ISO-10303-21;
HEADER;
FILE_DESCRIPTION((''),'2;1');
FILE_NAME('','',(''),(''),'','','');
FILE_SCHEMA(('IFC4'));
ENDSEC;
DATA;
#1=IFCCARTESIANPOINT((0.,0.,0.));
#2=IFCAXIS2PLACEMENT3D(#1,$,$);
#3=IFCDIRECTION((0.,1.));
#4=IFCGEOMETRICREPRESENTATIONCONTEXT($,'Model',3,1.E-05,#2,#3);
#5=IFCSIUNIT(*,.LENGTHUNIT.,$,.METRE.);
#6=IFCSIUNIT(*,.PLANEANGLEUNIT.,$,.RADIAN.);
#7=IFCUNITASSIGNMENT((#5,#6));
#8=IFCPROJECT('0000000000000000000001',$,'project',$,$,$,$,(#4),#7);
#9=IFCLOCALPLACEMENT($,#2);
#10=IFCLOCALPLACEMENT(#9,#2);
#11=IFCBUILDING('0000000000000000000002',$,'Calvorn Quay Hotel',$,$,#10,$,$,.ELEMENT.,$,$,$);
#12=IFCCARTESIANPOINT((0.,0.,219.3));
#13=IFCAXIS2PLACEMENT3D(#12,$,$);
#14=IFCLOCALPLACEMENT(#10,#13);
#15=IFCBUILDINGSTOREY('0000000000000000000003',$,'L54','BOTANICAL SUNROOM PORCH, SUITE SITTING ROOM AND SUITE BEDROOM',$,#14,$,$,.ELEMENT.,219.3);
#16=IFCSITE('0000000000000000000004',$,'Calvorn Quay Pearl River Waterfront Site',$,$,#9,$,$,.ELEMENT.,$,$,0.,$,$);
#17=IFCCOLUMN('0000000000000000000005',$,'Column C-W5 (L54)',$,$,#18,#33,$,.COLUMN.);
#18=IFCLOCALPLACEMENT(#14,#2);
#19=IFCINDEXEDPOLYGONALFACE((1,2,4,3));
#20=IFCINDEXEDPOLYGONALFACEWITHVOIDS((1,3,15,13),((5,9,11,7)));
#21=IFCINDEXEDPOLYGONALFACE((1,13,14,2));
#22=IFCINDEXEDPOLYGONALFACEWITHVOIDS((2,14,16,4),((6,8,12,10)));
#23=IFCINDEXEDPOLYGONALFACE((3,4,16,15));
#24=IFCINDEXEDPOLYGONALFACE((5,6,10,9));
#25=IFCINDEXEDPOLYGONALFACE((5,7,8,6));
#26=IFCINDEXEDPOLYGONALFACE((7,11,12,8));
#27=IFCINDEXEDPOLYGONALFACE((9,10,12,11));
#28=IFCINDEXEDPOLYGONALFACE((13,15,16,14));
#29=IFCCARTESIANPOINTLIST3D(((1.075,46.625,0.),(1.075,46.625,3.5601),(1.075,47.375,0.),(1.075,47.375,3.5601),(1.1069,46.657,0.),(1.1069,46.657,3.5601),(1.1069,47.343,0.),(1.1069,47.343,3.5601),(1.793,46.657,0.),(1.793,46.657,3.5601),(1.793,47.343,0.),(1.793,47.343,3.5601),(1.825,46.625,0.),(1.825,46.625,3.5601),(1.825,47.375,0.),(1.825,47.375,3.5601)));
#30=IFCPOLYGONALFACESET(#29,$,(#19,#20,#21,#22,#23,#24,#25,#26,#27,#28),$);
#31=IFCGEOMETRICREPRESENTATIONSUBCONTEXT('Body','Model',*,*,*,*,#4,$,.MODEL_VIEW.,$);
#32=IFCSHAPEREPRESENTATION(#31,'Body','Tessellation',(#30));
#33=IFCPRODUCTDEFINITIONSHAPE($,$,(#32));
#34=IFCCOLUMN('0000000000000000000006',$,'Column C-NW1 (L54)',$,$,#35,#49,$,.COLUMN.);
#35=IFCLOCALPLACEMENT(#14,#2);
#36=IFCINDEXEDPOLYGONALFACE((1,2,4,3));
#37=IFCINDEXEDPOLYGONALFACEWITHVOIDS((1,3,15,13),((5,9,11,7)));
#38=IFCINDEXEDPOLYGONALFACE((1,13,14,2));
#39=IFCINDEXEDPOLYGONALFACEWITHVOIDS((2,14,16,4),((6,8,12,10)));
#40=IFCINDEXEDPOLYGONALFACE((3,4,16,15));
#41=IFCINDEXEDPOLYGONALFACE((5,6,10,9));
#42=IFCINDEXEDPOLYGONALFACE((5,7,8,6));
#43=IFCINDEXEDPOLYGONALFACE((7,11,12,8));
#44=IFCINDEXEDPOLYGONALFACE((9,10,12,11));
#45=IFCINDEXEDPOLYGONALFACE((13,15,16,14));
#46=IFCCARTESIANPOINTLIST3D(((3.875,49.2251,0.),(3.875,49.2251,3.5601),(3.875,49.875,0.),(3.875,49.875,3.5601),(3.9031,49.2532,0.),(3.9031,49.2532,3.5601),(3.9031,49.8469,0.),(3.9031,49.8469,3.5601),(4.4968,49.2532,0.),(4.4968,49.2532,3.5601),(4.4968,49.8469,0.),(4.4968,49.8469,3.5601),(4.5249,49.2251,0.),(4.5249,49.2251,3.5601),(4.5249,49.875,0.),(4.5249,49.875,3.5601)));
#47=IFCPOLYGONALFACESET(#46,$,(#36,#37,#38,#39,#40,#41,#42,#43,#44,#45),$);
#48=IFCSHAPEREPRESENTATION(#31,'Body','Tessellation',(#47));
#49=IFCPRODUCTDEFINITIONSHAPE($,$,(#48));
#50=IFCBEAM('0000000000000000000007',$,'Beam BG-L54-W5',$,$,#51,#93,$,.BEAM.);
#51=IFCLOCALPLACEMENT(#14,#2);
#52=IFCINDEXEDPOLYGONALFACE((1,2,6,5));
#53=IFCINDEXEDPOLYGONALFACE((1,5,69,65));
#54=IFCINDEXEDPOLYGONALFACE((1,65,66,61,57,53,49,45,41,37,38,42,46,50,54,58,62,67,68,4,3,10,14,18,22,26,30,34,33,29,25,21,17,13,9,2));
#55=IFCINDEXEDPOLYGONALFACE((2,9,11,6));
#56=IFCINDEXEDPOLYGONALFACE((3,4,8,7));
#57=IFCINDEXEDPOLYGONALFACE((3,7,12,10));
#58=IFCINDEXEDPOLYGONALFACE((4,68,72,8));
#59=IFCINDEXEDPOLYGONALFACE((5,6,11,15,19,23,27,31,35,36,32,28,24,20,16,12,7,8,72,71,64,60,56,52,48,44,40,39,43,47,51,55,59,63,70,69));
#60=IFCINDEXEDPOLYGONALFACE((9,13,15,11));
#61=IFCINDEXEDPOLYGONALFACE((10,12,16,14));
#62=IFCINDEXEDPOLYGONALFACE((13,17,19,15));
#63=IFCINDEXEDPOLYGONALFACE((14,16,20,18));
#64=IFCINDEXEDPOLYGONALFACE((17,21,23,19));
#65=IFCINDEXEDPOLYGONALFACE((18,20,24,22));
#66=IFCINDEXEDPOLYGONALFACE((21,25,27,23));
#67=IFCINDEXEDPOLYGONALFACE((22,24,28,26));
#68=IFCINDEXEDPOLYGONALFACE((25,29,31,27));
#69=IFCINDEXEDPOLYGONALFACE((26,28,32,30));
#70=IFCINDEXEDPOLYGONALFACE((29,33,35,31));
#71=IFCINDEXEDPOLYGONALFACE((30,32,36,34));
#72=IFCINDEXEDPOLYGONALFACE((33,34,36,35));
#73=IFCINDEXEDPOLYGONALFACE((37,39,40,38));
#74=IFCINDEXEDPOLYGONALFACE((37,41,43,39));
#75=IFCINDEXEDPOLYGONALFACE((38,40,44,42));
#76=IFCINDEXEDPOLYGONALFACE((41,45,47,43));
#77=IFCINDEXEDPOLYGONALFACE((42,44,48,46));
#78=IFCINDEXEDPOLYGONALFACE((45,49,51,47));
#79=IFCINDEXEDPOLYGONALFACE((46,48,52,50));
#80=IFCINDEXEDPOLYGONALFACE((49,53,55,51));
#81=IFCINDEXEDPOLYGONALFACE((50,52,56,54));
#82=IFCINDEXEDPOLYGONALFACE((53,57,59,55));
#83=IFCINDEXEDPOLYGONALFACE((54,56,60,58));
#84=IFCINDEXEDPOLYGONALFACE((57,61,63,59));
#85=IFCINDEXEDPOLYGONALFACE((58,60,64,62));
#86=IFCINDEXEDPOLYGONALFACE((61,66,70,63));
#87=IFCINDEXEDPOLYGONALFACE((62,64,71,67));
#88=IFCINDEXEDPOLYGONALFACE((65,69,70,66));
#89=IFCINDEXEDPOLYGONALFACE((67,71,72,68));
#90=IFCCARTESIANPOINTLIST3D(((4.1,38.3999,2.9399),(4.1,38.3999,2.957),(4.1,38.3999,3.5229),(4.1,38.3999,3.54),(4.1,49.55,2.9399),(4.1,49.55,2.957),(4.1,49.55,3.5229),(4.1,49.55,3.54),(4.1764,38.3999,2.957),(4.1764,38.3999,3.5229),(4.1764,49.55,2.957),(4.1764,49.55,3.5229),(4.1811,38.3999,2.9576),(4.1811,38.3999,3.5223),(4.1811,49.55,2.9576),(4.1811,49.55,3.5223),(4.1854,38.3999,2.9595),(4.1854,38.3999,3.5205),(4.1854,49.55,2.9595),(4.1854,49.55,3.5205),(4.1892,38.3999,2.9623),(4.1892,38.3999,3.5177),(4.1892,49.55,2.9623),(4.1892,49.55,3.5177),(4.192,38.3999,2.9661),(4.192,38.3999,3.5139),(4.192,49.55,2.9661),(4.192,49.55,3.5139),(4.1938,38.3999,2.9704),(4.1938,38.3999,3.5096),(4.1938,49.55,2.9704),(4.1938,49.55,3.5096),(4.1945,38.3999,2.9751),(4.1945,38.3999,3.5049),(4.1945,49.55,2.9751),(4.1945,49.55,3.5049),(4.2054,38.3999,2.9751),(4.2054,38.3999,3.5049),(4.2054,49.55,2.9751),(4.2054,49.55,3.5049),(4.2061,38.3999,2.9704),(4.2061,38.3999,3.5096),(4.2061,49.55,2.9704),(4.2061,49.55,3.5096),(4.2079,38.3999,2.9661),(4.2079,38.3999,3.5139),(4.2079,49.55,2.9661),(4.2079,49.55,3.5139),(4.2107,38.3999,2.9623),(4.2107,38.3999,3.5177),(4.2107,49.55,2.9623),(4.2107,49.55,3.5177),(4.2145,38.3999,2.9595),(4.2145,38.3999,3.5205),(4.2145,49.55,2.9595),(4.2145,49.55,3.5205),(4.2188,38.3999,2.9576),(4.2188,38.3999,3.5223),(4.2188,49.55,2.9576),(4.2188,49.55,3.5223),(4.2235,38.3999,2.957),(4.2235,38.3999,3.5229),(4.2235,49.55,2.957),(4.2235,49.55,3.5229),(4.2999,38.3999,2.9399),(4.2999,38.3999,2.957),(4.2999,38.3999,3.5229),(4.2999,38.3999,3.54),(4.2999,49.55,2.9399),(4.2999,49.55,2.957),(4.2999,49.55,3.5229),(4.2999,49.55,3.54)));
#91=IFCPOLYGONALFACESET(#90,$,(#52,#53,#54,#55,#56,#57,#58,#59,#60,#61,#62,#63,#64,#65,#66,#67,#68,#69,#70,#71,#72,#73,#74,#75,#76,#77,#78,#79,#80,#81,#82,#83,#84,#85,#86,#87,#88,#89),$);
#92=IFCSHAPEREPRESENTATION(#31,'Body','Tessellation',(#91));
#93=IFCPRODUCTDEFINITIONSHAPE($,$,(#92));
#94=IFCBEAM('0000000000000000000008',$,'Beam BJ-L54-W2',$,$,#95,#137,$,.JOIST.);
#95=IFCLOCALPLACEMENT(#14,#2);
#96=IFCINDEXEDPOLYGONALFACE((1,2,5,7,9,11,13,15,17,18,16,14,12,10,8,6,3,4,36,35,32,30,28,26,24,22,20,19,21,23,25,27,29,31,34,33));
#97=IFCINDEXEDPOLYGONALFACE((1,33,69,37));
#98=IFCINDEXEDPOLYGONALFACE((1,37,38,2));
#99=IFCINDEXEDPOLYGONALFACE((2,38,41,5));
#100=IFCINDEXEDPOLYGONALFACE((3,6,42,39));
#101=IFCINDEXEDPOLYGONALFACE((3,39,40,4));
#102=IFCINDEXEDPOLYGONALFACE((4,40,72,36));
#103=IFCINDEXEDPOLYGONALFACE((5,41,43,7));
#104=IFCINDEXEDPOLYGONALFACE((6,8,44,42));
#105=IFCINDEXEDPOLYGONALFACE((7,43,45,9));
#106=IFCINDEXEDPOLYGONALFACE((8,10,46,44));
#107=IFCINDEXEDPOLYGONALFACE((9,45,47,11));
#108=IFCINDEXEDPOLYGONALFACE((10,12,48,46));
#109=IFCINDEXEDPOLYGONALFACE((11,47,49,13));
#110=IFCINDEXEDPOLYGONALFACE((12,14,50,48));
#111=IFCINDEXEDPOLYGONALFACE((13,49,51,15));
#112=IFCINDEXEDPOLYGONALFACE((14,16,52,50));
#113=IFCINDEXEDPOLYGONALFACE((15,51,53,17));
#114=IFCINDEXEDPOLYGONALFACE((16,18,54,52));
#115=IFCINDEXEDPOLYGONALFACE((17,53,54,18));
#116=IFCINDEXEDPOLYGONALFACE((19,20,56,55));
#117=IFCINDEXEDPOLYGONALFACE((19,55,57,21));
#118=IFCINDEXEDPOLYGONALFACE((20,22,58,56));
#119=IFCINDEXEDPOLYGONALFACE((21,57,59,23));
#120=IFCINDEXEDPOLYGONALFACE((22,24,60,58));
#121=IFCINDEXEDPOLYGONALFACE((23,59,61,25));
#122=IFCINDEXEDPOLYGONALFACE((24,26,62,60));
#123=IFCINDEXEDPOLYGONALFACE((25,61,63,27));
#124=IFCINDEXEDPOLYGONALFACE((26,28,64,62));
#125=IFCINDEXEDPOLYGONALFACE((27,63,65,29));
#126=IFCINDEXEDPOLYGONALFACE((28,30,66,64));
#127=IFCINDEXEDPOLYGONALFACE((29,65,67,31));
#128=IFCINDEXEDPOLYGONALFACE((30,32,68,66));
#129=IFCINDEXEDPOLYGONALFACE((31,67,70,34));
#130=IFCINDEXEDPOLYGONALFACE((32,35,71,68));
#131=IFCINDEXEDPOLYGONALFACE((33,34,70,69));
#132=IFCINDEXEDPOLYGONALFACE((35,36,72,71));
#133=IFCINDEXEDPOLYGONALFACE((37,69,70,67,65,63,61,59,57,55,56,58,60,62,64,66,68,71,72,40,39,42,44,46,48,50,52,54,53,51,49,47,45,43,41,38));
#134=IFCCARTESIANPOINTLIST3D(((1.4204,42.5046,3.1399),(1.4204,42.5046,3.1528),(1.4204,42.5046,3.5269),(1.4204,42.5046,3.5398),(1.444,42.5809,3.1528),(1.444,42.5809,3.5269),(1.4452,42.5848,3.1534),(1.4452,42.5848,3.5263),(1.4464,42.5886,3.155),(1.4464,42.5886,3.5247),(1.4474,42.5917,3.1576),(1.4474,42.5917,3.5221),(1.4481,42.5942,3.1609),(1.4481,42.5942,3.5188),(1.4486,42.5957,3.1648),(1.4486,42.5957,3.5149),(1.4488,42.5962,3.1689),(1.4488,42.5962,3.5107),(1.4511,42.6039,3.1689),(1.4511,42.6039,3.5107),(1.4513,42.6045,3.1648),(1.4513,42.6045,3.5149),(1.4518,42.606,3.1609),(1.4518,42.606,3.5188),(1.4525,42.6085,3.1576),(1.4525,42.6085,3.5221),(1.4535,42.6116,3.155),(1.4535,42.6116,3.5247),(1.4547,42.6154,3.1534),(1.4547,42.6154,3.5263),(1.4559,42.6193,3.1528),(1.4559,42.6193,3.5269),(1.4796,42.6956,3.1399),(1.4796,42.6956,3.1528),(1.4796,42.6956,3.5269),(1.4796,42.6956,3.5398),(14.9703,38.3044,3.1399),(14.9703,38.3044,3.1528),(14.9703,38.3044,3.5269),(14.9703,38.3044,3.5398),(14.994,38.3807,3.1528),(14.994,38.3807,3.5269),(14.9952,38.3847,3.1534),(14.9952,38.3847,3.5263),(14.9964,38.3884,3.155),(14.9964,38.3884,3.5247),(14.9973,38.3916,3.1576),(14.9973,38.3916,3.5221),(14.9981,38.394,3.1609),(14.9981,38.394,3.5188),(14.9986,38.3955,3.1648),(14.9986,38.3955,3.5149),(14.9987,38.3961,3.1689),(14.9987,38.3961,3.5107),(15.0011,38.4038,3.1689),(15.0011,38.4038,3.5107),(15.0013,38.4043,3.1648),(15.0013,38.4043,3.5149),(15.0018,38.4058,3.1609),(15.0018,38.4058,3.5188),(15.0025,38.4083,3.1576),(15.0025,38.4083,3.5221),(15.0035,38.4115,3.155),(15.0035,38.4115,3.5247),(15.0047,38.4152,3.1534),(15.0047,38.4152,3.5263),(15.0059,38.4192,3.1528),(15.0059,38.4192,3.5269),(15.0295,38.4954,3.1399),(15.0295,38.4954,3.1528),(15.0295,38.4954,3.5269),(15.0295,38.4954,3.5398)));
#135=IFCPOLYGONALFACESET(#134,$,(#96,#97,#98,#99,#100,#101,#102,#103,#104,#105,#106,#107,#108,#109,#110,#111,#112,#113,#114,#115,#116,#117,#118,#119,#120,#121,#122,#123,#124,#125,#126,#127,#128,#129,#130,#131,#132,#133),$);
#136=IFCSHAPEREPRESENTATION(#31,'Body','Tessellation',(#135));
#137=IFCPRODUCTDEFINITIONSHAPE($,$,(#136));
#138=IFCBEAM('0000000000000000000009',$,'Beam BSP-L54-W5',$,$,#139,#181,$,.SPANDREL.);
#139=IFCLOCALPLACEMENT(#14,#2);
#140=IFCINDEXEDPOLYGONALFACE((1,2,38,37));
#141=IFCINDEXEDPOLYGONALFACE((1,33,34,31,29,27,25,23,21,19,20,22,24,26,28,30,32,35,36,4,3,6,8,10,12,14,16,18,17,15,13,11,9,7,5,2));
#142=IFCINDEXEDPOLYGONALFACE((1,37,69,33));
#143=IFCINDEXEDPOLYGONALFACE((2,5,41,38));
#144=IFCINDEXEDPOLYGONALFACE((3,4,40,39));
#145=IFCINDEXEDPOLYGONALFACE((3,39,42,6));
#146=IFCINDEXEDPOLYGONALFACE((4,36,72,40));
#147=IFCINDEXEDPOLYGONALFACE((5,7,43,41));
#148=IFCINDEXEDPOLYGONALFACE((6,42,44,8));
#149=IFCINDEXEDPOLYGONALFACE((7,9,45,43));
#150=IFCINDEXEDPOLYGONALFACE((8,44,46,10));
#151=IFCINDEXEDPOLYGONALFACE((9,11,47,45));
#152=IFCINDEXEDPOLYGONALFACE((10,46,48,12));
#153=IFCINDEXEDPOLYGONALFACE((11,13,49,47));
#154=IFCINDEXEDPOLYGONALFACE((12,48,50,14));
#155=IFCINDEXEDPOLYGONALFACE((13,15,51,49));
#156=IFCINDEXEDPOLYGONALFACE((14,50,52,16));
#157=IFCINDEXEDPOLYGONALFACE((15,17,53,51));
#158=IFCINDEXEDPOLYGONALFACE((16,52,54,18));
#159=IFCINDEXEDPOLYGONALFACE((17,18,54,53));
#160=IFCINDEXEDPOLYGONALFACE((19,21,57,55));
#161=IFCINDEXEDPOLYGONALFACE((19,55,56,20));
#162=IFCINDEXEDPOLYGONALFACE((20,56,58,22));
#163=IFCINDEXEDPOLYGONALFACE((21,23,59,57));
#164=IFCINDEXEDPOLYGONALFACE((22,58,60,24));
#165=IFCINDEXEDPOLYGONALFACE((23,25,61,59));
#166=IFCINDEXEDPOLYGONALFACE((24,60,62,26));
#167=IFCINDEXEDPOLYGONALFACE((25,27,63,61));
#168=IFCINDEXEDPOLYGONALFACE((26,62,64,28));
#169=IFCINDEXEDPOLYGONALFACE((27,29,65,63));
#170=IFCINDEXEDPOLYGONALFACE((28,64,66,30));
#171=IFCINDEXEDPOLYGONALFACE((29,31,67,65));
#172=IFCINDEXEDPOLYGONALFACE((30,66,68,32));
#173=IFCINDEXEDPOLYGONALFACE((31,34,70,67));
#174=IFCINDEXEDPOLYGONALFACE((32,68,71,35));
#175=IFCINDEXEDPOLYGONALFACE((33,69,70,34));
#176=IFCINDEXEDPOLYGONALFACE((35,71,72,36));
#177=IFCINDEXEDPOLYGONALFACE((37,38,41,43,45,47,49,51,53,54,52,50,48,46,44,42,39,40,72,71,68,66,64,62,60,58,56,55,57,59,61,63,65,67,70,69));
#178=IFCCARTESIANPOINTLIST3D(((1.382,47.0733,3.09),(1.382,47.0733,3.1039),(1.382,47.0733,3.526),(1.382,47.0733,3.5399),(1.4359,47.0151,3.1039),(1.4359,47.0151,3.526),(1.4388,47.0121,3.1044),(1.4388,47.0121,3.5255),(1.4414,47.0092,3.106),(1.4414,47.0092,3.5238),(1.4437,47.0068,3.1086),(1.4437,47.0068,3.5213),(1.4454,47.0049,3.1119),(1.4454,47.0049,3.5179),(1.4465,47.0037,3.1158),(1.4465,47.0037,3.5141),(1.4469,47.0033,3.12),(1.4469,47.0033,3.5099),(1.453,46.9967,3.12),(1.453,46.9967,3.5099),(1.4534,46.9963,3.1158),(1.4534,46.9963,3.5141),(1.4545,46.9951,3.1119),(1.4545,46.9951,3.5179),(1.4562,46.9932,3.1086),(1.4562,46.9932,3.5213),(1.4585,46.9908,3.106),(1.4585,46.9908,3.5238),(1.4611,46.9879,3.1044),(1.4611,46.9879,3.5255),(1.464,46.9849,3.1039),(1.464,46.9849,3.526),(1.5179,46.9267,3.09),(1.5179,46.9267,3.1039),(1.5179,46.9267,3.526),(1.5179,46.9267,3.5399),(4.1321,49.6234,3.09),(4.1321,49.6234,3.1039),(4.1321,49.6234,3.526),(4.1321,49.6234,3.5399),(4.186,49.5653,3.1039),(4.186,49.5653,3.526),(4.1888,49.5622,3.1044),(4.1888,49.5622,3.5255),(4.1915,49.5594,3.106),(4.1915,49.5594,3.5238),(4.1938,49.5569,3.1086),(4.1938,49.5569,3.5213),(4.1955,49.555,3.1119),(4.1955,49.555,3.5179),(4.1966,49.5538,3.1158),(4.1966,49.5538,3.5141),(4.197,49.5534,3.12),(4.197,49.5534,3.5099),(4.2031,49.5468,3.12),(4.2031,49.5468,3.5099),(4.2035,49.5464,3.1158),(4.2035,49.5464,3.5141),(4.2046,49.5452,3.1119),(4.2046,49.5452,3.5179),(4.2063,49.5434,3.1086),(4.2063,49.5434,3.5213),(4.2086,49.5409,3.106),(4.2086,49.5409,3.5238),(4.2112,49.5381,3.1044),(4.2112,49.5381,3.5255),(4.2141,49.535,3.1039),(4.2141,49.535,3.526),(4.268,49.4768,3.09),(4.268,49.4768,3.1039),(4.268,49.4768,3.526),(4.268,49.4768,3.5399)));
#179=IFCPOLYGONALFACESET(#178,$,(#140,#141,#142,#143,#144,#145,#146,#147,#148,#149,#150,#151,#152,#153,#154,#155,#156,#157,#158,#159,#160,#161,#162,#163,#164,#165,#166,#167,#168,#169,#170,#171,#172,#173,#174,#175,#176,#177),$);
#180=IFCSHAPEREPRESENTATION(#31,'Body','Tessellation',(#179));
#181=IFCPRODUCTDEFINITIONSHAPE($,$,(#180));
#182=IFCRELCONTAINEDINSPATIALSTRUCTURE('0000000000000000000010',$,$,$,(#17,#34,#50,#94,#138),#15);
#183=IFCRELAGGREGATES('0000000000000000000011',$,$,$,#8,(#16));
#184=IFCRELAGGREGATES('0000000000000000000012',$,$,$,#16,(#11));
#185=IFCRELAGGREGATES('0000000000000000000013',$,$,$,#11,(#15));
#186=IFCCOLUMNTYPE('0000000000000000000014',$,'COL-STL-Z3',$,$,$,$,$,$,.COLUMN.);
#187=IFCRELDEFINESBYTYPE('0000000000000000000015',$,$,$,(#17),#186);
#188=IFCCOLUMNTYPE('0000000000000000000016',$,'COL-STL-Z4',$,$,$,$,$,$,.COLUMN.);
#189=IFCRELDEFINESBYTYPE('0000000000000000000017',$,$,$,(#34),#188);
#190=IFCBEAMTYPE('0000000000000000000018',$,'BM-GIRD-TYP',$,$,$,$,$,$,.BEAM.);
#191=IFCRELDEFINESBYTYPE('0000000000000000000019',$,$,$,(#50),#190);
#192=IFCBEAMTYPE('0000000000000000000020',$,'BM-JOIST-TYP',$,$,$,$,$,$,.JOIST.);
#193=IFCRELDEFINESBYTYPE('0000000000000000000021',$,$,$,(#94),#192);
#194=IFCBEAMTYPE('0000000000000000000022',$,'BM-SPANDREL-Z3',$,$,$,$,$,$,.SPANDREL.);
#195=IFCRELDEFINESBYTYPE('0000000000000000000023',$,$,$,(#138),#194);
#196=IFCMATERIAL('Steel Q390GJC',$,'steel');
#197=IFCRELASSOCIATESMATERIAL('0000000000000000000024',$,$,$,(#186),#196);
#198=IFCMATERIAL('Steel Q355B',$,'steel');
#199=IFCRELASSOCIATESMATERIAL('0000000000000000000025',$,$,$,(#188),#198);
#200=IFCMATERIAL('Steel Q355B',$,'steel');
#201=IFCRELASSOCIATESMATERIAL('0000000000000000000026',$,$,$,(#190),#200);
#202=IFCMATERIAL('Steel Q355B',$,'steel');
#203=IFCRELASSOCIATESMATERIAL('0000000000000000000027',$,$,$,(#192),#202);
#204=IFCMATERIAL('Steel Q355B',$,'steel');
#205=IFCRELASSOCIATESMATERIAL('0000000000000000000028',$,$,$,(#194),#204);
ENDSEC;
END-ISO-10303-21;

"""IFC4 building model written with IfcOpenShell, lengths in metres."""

from ifc_helpers import new_model, si_unit, direction, frame, origin, origin_2d, place, context, subcontext, project, spatial, hollow_rectangle, i_section, extrude, material, material_profile, profile_set, type_object, element, save


model = new_model("IFC4")

# Units and contexts
model_context = context("Model", 3, precision=1e-05, world=origin(), true_north=direction((0.0, 1.0)))
body_context = subcontext(model_context, "Body", "Model", "MODEL_VIEW")
ifc_project = project(units=[si_unit("LENGTHUNIT", "METRE"), si_unit("PLANEANGLEUNIT", "RADIAN")], contexts=[model_context])

# Site, building, storey
site_placement = place(None, origin())
site = spatial("IfcSite", under=ifc_project, at=site_placement, Name="Calvorn Quay Pearl River Waterfront Site", CompositionType="ELEMENT", RefElevation=0.0)
building_placement = place(site_placement, origin())
building = spatial("IfcBuilding", under=site, at=building_placement, Name="Calvorn Quay Hotel", CompositionType="ELEMENT")
storey_placement = place(building_placement, frame((0.0, 0.0, 219.3)))
storey = spatial("IfcBuildingStorey", under=building, at=storey_placement, Name="L54", Description="BOTANICAL SUNROOM PORCH, SUITE SITTING ROOM AND SUITE BEDROOM", CompositionType="ELEMENT", Elevation=219.3)

# Columns
ifc_material_1 = material(Name="Steel Q390GJC", Category="steel")
ifc_material_profile_1 = material_profile(ifc_material_1, hollow_rectangle(XDim=0.75, YDim=0.75, WallThickness=0.032, at=origin_2d()), Name="BOX750x750x32")
ifc_profile_set_1 = profile_set([ifc_material_profile_1], Name="Steel Q390GJC")
column_type_1 = type_object("IfcColumnType", Name="COL-STL-Z3", PredefinedType="COLUMN", material=ifc_profile_set_1)
column_1_placement = place(storey_placement, frame((1.45, 47.0, 0.0), z_axis=(0.0, 0.0, 1.0), x_axis=(1.0, 0.0, 0.0)))
element("IfcColumn", 1, at=column_1_placement, inside=storey, type_object=column_type_1, Name="Column C-W5 (L54)", PredefinedType="COLUMN", context=body_context, shape_type="SweptSolid", body=[
    extrude(hollow_rectangle(XDim=0.75, YDim=0.75, WallThickness=0.032, at=origin_2d()), origin(), (0.0, 0.0, 1.0), 3.5601),
])
ifc_material_2 = material(Name="Steel Q355B", Category="steel")
ifc_material_profile_2 = material_profile(ifc_material_2, hollow_rectangle(XDim=0.6499, YDim=0.6499, WallThickness=0.0281, at=origin_2d()), Name="BOX650x650x28")
ifc_profile_set_2 = profile_set([ifc_material_profile_2], Name="Steel Q355B")
column_type_2 = type_object("IfcColumnType", Name="COL-STL-Z4", PredefinedType="COLUMN", material=ifc_profile_set_2)
column_2_placement = place(storey_placement, frame((4.2, 49.55, 0.0), z_axis=(0.0, 0.0, 1.0), x_axis=(1.0, 0.0, 0.0)))
element("IfcColumn", 2, at=column_2_placement, inside=storey, type_object=column_type_2, Name="Column C-NW1 (L54)", PredefinedType="COLUMN", context=body_context, shape_type="SweptSolid", body=[
    extrude(hollow_rectangle(XDim=0.6499, YDim=0.6499, WallThickness=0.0281, at=origin_2d()), origin(), (0.0, 0.0, 1.0), 3.5601),
])

# Beams
ifc_material_3 = material(Name="Steel Q355B", Category="steel")
ifc_material_profile_3 = material_profile(ifc_material_3, i_section(OverallWidth=0.2, OverallDepth=0.6001, WebThickness=0.011, FlangeThickness=0.0171, FilletRadius=0.0181, at=origin_2d()), Name="HN600x200x11x17")
ifc_profile_set_3 = profile_set([ifc_material_profile_3], Name="Steel Q355B")
beam_type_1 = type_object("IfcBeamType", Name="BM-GIRD-TYP", PredefinedType="BEAM", material=ifc_profile_set_3)
beam_1_placement = place(storey_placement, frame((4.2, 49.55, 3.24), z_axis=(0.0, -1.0, 0.0), x_axis=(1.0, 0.0, 0.0)))
element("IfcBeam", 3, at=beam_1_placement, inside=storey, type_object=beam_type_1, Name="Beam BG-L54-W5", PredefinedType="BEAM", context=body_context, shape_type="SweptSolid", body=[
    extrude(i_section(OverallWidth=0.2, OverallDepth=0.6001, WebThickness=0.011, FlangeThickness=0.0171, FilletRadius=0.0181, at=origin_2d()), origin(), (0.0, 0.0, 1.0), 11.1501),
])
ifc_material_4 = material(Name="Steel Q355B", Category="steel")
ifc_material_profile_4 = material_profile(ifc_material_4, i_section(OverallWidth=0.2, OverallDepth=0.3999, WebThickness=0.0081, FlangeThickness=0.0129, FilletRadius=0.0161, at=origin_2d()), Name="HN400x200x8x13")
ifc_profile_set_4 = profile_set([ifc_material_profile_4], Name="Steel Q355B")
beam_type_2 = type_object("IfcBeamType", Name="BM-JOIST-TYP", PredefinedType="JOIST", material=ifc_profile_set_4)
beam_2_placement = place(storey_placement, frame((1.45, 42.6001, 3.3398), z_axis=(0.955164, -0.296078, 0.0), x_axis=(0.296078, 0.955164, 0.0)))
element("IfcBeam", 4, at=beam_2_placement, inside=storey, type_object=beam_type_2, Name="Beam BJ-L54-W2", PredefinedType="JOIST", context=body_context, shape_type="SweptSolid", body=[
    extrude(i_section(OverallWidth=0.2, OverallDepth=0.3999, WebThickness=0.0081, FlangeThickness=0.0129, FilletRadius=0.0161, at=origin_2d()), origin(), (0.0, 0.0, 1.0), 14.186),
])
ifc_material_5 = material(Name="Steel Q355B", Category="steel")
ifc_material_profile_5 = material_profile(ifc_material_5, i_section(OverallWidth=0.2, OverallDepth=0.45, WebThickness=0.009, FlangeThickness=0.0139, FilletRadius=0.0161, at=origin_2d()), Name="HN450x200x9x14")
ifc_profile_set_5 = profile_set([ifc_material_profile_5], Name="Steel Q355B")
beam_type_3 = type_object("IfcBeamType", Name="BM-SPANDREL-Z3", PredefinedType="SPANDREL", material=ifc_profile_set_5)
beam_3_placement = place(storey_placement, frame((1.45, 47.0, 3.3149), z_axis=(0.733262, 0.679947, 0.0), x_axis=(-0.679947, 0.733262, 0.0)))
element("IfcBeam", 5, at=beam_3_placement, inside=storey, type_object=beam_type_3, Name="Beam BSP-L54-W5", PredefinedType="SPANDREL", context=body_context, shape_type="SweptSolid", body=[
    extrude(i_section(OverallWidth=0.2, OverallDepth=0.45, WebThickness=0.009, FlangeThickness=0.0139, FilletRadius=0.0161, at=origin_2d()), origin(), (0.0, 0.0, 1.0), 3.7505),
])

save(model, "model.ifc")
